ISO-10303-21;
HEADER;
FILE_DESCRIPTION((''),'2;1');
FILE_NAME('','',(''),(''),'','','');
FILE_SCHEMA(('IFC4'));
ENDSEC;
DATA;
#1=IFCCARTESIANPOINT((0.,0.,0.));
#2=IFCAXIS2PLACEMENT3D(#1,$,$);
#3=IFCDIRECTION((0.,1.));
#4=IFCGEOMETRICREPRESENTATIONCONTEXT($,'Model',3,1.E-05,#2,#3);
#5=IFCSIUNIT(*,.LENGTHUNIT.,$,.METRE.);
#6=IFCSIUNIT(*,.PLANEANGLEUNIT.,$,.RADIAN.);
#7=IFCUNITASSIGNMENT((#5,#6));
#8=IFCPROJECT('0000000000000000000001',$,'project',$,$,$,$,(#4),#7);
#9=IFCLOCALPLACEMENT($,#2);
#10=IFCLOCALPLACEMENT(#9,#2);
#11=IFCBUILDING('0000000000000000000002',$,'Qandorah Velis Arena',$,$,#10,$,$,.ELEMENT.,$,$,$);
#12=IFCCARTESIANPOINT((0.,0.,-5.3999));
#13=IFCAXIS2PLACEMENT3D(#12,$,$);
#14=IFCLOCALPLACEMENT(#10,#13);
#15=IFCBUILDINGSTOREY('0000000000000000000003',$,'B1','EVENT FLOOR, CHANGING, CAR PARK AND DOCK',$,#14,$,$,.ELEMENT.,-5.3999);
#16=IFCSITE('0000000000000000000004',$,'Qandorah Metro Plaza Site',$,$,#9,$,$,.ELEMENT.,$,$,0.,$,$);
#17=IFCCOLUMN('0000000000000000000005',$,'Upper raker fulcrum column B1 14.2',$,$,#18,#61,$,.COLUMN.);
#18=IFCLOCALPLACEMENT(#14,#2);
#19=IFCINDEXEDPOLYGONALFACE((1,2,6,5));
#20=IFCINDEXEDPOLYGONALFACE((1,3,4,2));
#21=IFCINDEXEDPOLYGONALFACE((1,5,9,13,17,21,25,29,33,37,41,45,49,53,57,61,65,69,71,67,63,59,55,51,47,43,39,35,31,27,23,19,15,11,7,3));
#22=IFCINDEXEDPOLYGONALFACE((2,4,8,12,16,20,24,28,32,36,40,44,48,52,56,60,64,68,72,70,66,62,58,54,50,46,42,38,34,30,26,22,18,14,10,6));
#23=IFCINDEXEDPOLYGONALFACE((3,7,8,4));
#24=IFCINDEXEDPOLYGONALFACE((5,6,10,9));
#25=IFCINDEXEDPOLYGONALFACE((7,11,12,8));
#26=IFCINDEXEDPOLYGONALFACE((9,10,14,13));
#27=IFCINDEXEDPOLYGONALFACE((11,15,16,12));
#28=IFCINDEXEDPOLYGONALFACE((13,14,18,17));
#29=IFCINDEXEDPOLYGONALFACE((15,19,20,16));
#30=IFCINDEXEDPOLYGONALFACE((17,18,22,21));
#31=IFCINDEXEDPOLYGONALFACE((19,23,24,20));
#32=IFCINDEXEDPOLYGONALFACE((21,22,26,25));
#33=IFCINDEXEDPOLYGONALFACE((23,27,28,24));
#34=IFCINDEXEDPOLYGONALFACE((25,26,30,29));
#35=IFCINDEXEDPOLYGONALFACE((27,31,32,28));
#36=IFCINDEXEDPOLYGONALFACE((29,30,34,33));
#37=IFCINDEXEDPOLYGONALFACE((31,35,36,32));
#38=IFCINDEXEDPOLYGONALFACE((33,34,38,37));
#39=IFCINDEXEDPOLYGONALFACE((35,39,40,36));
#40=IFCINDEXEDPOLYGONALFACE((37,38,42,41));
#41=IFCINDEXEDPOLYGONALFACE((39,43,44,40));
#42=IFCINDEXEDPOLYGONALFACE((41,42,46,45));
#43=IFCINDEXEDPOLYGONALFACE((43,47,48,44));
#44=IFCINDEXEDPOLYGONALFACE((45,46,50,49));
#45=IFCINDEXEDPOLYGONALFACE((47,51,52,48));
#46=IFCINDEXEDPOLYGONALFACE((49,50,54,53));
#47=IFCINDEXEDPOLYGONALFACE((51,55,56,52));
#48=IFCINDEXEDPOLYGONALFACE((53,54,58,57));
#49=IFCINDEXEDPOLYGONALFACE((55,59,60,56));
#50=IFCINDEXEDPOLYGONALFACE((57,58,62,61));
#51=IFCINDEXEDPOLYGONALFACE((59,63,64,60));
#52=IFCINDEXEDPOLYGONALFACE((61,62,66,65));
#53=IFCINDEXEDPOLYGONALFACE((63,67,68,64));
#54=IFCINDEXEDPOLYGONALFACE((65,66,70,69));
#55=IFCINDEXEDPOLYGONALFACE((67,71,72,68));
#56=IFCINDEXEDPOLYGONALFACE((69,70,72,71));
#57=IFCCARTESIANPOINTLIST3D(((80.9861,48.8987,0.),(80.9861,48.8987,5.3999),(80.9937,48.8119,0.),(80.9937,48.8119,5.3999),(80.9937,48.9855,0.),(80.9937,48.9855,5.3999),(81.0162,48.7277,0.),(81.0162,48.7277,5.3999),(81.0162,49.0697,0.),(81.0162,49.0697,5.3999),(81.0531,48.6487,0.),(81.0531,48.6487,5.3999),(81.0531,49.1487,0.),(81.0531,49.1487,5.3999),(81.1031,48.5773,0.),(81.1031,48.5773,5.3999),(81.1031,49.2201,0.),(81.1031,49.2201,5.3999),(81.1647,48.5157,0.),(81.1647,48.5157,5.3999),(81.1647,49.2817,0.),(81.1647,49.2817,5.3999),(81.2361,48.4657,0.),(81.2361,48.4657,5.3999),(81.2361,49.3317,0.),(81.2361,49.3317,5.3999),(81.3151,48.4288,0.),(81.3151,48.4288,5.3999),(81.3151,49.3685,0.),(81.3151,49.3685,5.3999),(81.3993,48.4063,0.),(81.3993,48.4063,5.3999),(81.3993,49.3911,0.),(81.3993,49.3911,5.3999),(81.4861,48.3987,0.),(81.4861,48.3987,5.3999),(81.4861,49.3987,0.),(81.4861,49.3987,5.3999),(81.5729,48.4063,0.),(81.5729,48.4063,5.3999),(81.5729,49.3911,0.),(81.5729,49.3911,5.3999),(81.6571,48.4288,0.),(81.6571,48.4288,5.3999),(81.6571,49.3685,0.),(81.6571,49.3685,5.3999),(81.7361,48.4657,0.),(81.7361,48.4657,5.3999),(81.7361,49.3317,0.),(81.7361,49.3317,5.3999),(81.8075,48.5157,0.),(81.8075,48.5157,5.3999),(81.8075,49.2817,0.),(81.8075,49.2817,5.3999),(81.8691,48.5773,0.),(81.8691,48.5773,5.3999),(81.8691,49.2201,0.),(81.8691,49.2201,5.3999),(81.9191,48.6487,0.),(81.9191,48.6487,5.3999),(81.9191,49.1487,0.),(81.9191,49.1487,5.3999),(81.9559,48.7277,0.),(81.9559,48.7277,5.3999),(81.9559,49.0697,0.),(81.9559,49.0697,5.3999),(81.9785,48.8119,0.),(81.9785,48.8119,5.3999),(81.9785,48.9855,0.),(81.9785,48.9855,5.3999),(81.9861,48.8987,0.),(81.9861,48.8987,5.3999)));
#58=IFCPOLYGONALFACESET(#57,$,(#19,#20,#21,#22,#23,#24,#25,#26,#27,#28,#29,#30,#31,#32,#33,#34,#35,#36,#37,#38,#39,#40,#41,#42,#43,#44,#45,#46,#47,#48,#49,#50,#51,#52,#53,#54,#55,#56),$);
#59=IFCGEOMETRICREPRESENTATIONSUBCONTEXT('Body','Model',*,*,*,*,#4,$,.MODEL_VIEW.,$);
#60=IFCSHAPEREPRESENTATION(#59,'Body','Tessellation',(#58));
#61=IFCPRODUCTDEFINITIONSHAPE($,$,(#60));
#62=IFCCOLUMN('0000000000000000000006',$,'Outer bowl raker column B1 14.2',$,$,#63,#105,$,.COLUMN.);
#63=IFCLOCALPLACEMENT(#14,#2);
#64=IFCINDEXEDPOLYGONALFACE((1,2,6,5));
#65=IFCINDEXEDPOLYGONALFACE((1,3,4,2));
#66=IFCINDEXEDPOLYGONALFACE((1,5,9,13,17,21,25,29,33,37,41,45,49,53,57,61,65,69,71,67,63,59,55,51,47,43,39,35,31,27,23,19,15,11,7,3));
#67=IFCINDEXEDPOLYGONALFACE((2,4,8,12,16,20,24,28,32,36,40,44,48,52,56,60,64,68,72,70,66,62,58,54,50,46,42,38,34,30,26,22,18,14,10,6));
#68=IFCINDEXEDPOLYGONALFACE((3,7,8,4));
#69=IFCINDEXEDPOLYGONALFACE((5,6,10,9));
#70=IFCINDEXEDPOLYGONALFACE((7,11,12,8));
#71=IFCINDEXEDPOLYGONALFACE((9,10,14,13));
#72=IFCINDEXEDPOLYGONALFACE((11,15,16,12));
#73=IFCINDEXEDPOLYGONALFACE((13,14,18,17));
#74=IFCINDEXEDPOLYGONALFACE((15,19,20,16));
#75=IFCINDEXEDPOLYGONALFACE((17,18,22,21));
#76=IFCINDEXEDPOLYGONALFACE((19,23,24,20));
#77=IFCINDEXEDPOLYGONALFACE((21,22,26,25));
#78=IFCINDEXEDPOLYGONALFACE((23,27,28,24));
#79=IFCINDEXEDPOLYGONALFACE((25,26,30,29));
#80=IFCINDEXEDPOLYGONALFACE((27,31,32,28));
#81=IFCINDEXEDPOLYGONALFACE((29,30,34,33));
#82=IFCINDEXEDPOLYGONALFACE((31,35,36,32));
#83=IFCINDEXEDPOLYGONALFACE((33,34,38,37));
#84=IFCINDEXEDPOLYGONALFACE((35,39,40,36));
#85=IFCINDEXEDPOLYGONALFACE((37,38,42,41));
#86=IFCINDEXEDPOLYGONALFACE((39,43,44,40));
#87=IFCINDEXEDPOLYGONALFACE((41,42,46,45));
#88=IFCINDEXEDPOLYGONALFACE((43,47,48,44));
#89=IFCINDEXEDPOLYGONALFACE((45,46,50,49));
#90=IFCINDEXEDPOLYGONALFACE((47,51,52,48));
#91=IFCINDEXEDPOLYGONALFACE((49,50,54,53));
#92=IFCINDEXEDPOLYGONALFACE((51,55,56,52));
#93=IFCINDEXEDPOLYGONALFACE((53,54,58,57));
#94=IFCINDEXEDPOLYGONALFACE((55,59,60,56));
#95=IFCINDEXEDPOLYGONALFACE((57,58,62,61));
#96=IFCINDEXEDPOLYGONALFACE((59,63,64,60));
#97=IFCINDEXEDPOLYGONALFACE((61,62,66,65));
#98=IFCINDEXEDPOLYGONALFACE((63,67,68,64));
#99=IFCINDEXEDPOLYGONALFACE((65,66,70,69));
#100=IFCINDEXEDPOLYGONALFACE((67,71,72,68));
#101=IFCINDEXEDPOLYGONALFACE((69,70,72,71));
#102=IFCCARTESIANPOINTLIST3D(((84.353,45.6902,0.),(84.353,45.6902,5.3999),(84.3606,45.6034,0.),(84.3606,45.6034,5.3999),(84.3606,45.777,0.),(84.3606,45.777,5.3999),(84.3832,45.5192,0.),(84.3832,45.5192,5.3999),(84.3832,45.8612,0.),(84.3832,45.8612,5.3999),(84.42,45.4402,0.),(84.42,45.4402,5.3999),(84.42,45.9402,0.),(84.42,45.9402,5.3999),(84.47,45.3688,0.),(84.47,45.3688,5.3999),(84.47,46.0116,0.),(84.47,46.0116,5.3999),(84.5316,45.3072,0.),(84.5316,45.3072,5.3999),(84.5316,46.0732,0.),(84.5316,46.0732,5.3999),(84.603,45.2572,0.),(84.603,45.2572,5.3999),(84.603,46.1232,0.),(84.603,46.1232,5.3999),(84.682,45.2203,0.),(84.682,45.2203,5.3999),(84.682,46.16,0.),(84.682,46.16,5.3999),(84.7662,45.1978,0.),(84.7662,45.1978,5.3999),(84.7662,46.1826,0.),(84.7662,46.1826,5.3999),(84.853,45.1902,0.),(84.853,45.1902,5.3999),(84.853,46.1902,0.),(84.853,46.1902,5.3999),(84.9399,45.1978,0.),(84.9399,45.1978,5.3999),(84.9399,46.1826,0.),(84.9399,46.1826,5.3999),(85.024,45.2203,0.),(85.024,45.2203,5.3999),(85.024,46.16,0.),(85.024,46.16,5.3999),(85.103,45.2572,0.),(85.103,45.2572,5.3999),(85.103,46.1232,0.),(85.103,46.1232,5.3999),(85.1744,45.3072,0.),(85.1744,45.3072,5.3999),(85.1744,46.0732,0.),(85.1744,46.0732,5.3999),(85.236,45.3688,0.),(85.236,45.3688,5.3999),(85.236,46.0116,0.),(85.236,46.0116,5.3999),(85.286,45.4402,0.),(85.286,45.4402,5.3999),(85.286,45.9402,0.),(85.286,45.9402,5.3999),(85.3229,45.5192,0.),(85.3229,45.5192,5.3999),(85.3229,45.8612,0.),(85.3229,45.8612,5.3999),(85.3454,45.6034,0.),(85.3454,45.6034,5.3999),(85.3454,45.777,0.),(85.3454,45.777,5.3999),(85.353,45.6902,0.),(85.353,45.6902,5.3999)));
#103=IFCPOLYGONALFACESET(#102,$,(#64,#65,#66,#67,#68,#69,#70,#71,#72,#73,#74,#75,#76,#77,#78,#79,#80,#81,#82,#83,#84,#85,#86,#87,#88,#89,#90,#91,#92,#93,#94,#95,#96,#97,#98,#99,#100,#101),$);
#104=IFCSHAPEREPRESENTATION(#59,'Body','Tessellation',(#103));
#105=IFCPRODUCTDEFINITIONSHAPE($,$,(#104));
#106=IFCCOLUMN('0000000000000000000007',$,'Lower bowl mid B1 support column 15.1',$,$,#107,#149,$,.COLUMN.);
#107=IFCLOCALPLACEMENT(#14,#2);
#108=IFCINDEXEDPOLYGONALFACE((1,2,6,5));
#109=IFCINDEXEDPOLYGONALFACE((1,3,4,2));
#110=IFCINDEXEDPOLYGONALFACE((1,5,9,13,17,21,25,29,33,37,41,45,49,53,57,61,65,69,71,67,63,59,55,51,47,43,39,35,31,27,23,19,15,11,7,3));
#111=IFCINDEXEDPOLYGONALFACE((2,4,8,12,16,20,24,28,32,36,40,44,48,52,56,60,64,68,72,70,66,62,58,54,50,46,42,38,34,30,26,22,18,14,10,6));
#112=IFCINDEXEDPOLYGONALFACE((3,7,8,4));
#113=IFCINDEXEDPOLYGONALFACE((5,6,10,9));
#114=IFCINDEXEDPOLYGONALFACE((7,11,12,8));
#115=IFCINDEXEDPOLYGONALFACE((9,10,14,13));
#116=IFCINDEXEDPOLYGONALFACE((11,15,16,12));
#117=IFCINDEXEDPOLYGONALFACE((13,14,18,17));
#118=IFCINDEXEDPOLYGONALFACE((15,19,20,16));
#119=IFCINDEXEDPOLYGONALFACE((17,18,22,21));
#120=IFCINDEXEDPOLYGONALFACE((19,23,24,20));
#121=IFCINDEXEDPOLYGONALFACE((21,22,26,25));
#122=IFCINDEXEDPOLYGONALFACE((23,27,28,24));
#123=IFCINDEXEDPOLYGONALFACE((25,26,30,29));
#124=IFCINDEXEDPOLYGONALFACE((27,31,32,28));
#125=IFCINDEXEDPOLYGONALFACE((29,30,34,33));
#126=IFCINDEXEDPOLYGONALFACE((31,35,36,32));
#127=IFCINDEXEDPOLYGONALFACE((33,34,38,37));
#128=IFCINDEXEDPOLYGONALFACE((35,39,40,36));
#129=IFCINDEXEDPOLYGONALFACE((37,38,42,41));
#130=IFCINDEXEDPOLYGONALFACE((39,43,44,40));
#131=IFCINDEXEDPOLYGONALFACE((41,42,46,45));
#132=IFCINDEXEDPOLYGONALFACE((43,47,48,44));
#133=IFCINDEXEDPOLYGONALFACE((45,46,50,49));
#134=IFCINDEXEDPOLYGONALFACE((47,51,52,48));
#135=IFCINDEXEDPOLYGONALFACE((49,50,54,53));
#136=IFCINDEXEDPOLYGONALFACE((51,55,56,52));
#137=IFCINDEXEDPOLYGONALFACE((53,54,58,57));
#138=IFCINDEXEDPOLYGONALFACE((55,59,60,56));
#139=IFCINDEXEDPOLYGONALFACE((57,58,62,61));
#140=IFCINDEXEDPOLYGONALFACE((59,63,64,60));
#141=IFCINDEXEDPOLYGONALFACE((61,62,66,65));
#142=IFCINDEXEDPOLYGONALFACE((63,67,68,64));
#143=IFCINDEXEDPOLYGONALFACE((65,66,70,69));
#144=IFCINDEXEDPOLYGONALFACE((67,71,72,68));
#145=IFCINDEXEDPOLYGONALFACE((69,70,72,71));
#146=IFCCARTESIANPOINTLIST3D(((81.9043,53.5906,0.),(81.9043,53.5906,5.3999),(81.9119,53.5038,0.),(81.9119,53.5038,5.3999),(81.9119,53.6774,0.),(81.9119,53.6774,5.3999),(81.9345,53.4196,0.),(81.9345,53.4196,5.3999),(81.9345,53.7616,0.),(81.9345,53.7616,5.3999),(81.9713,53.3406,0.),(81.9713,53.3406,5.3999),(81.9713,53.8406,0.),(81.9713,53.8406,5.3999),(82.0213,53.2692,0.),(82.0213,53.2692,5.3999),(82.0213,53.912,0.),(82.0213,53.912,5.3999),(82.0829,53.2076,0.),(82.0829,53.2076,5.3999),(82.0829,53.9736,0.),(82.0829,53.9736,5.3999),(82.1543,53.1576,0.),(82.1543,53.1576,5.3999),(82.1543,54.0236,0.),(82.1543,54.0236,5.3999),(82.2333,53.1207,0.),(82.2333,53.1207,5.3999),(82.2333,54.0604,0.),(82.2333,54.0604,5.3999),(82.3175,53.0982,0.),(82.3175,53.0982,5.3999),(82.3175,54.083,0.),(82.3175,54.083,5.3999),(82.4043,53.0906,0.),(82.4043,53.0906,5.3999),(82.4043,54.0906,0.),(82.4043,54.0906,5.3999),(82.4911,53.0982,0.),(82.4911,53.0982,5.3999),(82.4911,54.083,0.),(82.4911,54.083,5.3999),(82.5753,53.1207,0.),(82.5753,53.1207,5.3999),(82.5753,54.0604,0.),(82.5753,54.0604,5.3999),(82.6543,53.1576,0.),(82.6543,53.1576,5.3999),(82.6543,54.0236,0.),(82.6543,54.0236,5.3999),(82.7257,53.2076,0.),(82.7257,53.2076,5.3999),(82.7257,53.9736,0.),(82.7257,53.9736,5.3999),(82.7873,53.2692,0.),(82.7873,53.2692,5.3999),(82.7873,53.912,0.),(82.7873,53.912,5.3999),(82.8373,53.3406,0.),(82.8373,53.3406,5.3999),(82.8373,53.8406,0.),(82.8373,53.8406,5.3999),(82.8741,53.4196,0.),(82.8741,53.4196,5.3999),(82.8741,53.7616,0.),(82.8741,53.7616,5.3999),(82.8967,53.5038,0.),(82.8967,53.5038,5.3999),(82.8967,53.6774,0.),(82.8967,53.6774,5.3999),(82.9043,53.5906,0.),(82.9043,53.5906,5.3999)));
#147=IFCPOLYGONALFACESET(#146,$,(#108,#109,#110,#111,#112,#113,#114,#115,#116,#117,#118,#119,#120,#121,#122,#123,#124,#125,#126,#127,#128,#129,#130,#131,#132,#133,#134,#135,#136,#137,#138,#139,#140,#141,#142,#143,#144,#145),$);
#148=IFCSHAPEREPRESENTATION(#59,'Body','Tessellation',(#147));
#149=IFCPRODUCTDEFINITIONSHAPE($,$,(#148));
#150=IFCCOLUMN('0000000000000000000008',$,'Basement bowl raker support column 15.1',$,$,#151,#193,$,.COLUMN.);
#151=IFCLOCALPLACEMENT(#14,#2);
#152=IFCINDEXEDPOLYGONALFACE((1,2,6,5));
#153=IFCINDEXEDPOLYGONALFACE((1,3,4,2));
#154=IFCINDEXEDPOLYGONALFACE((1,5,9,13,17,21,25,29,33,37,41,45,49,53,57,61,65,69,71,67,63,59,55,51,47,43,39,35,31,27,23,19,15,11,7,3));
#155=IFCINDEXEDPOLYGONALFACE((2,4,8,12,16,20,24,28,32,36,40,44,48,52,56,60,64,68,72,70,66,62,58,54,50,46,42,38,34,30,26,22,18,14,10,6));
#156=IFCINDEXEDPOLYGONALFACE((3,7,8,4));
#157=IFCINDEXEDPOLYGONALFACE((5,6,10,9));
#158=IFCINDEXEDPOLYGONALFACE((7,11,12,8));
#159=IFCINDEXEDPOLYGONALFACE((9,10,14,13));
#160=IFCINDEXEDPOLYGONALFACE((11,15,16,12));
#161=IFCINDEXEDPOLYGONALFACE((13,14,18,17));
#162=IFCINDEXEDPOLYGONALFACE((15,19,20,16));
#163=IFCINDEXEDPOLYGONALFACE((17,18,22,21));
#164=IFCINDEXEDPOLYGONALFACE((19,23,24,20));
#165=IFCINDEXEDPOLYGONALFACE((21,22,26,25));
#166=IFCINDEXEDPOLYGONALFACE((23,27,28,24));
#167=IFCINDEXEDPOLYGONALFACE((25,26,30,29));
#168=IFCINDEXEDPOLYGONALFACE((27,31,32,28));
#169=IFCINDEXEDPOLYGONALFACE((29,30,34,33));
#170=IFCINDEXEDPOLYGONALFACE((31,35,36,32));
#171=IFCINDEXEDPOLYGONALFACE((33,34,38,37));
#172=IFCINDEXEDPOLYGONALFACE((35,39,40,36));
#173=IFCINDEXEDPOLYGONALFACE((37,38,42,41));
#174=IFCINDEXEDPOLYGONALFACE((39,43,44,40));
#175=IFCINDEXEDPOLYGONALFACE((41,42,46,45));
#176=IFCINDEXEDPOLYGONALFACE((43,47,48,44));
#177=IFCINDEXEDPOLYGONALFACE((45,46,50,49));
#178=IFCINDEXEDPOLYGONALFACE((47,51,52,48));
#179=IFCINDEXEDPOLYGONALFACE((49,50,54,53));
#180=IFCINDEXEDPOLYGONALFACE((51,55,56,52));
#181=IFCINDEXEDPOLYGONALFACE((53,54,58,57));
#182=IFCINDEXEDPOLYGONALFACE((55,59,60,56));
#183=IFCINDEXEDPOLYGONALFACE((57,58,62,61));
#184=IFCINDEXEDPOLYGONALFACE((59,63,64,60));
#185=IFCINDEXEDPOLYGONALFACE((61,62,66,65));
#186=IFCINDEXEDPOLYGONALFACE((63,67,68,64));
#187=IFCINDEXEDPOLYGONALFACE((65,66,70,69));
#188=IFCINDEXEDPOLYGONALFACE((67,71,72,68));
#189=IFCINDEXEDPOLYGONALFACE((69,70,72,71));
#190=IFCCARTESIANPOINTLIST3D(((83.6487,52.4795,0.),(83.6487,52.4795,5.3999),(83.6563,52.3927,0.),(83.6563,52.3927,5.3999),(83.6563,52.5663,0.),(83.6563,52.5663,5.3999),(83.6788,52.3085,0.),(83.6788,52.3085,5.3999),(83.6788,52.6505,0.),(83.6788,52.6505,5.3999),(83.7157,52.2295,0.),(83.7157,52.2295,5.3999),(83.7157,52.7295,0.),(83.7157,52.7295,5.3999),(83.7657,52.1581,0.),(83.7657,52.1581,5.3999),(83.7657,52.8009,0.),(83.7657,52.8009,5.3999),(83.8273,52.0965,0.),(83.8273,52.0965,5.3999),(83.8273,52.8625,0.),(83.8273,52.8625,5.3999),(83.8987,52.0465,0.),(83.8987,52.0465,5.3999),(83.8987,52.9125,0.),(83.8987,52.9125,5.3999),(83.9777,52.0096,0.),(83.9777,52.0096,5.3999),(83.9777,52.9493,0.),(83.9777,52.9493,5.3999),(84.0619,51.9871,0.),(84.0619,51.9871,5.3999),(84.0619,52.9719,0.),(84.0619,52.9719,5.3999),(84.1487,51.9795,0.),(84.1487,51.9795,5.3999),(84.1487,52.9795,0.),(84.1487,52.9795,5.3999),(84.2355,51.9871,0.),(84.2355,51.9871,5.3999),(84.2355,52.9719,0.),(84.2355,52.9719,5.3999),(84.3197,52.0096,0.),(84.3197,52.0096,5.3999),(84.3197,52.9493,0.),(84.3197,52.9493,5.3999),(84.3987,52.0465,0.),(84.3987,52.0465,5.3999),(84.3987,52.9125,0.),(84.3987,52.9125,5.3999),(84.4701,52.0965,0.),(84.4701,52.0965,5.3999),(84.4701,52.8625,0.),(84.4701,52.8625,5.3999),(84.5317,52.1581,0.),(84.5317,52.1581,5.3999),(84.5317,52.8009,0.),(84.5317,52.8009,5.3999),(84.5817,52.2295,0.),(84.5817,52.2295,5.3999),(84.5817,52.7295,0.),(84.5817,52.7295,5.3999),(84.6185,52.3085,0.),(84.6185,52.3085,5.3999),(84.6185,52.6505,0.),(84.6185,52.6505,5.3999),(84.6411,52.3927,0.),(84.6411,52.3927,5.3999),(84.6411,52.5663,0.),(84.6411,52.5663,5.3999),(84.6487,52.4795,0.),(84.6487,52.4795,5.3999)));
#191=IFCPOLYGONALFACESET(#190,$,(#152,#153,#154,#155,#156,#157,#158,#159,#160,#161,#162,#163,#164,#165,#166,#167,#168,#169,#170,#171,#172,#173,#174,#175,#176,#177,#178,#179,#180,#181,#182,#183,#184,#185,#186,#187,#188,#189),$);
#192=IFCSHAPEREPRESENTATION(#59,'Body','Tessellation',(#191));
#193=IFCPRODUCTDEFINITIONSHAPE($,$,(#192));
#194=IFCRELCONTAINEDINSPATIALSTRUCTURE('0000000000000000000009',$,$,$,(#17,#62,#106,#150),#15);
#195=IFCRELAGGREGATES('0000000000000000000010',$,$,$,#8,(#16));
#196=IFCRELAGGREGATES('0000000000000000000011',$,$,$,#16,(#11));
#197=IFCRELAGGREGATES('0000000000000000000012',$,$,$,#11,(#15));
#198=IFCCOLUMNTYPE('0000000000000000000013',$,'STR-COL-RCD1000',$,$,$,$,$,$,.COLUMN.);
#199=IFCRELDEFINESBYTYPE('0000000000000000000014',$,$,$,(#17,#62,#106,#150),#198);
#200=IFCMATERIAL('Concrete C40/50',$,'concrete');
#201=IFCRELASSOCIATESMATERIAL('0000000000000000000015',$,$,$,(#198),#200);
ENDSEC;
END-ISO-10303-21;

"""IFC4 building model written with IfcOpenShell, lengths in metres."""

from ifc_helpers import new_model, si_unit, direction, frame, origin, origin_2d, place, context, subcontext, project, spatial, circle, extrude, material, material_profile, profile_set, type_object, element, save


model = new_model("IFC4")

# Units and contexts
model_context = context("Model", 3, precision=1e-05, world=origin(), true_north=direction((0.0, 1.0)))
body_context = subcontext(model_context, "Body", "Model", "MODEL_VIEW")
ifc_project = project(units=[si_unit("LENGTHUNIT", "METRE"), si_unit("PLANEANGLEUNIT", "RADIAN")], contexts=[model_context])

# Site, building, storey
site_placement = place(None, origin())
site = spatial("IfcSite", under=ifc_project, at=site_placement, Name="Qandorah Metro Plaza Site", CompositionType="ELEMENT", RefElevation=0.0)
building_placement = place(site_placement, origin())
building = spatial("IfcBuilding", under=site, at=building_placement, Name="Qandorah Velis Arena", CompositionType="ELEMENT")
storey_placement = place(building_placement, frame((0.0, 0.0, -5.3999)))
storey = spatial("IfcBuildingStorey", under=building, at=storey_placement, Name="B1", Description="EVENT FLOOR, CHANGING, CAR PARK AND DOCK", CompositionType="ELEMENT", Elevation=-5.3999)

# Shared definitions
ifc_material = material(Name="Concrete C40/50", Category="concrete")

# Columns
ifc_material_profile_1 = material_profile(ifc_material, circle(Radius=0.5, at=origin_2d()), Name="RC D1000")
ifc_profile_set_1 = profile_set([ifc_material_profile_1], Name="Concrete C40/50")
column_type_1 = type_object("IfcColumnType", Name="STR-COL-RCD1000", PredefinedType="COLUMN", material=ifc_profile_set_1)
for number, where, z_axis, x_axis, name in (
    (1, (81.4861, 48.8987, 0.0), (0.0, 0.0, 1.0), (1.0, 0.0, 0.0), "Upper raker fulcrum column B1 14.2"),
    (2, (84.853, 45.6902, 0.0), (0.0, 0.0, 1.0), (1.0, 0.0, 0.0), "Outer bowl raker column B1 14.2"),
    (3, (82.4043, 53.5906, 0.0), (0.0, 0.0, 1.0), (1.0, 0.0, 0.0), "Lower bowl mid B1 support column 15.1"),
    (4, (84.1487, 52.4795, 0.0), (0.0, 0.0, 1.0), (1.0, 0.0, 0.0), "Basement bowl raker support column 15.1"),
):
    element("IfcColumn", number, at=place(storey_placement, frame(where, z_axis=z_axis, x_axis=x_axis)), inside=storey, type_object=column_type_1, Name=name, PredefinedType="COLUMN", context=body_context, shape_type="SweptSolid", body=[
        extrude(circle(Radius=0.5, at=origin_2d()), origin(), (0.0, 0.0, 1.0), 5.3999),
    ])

save(model, "model.ifc")
